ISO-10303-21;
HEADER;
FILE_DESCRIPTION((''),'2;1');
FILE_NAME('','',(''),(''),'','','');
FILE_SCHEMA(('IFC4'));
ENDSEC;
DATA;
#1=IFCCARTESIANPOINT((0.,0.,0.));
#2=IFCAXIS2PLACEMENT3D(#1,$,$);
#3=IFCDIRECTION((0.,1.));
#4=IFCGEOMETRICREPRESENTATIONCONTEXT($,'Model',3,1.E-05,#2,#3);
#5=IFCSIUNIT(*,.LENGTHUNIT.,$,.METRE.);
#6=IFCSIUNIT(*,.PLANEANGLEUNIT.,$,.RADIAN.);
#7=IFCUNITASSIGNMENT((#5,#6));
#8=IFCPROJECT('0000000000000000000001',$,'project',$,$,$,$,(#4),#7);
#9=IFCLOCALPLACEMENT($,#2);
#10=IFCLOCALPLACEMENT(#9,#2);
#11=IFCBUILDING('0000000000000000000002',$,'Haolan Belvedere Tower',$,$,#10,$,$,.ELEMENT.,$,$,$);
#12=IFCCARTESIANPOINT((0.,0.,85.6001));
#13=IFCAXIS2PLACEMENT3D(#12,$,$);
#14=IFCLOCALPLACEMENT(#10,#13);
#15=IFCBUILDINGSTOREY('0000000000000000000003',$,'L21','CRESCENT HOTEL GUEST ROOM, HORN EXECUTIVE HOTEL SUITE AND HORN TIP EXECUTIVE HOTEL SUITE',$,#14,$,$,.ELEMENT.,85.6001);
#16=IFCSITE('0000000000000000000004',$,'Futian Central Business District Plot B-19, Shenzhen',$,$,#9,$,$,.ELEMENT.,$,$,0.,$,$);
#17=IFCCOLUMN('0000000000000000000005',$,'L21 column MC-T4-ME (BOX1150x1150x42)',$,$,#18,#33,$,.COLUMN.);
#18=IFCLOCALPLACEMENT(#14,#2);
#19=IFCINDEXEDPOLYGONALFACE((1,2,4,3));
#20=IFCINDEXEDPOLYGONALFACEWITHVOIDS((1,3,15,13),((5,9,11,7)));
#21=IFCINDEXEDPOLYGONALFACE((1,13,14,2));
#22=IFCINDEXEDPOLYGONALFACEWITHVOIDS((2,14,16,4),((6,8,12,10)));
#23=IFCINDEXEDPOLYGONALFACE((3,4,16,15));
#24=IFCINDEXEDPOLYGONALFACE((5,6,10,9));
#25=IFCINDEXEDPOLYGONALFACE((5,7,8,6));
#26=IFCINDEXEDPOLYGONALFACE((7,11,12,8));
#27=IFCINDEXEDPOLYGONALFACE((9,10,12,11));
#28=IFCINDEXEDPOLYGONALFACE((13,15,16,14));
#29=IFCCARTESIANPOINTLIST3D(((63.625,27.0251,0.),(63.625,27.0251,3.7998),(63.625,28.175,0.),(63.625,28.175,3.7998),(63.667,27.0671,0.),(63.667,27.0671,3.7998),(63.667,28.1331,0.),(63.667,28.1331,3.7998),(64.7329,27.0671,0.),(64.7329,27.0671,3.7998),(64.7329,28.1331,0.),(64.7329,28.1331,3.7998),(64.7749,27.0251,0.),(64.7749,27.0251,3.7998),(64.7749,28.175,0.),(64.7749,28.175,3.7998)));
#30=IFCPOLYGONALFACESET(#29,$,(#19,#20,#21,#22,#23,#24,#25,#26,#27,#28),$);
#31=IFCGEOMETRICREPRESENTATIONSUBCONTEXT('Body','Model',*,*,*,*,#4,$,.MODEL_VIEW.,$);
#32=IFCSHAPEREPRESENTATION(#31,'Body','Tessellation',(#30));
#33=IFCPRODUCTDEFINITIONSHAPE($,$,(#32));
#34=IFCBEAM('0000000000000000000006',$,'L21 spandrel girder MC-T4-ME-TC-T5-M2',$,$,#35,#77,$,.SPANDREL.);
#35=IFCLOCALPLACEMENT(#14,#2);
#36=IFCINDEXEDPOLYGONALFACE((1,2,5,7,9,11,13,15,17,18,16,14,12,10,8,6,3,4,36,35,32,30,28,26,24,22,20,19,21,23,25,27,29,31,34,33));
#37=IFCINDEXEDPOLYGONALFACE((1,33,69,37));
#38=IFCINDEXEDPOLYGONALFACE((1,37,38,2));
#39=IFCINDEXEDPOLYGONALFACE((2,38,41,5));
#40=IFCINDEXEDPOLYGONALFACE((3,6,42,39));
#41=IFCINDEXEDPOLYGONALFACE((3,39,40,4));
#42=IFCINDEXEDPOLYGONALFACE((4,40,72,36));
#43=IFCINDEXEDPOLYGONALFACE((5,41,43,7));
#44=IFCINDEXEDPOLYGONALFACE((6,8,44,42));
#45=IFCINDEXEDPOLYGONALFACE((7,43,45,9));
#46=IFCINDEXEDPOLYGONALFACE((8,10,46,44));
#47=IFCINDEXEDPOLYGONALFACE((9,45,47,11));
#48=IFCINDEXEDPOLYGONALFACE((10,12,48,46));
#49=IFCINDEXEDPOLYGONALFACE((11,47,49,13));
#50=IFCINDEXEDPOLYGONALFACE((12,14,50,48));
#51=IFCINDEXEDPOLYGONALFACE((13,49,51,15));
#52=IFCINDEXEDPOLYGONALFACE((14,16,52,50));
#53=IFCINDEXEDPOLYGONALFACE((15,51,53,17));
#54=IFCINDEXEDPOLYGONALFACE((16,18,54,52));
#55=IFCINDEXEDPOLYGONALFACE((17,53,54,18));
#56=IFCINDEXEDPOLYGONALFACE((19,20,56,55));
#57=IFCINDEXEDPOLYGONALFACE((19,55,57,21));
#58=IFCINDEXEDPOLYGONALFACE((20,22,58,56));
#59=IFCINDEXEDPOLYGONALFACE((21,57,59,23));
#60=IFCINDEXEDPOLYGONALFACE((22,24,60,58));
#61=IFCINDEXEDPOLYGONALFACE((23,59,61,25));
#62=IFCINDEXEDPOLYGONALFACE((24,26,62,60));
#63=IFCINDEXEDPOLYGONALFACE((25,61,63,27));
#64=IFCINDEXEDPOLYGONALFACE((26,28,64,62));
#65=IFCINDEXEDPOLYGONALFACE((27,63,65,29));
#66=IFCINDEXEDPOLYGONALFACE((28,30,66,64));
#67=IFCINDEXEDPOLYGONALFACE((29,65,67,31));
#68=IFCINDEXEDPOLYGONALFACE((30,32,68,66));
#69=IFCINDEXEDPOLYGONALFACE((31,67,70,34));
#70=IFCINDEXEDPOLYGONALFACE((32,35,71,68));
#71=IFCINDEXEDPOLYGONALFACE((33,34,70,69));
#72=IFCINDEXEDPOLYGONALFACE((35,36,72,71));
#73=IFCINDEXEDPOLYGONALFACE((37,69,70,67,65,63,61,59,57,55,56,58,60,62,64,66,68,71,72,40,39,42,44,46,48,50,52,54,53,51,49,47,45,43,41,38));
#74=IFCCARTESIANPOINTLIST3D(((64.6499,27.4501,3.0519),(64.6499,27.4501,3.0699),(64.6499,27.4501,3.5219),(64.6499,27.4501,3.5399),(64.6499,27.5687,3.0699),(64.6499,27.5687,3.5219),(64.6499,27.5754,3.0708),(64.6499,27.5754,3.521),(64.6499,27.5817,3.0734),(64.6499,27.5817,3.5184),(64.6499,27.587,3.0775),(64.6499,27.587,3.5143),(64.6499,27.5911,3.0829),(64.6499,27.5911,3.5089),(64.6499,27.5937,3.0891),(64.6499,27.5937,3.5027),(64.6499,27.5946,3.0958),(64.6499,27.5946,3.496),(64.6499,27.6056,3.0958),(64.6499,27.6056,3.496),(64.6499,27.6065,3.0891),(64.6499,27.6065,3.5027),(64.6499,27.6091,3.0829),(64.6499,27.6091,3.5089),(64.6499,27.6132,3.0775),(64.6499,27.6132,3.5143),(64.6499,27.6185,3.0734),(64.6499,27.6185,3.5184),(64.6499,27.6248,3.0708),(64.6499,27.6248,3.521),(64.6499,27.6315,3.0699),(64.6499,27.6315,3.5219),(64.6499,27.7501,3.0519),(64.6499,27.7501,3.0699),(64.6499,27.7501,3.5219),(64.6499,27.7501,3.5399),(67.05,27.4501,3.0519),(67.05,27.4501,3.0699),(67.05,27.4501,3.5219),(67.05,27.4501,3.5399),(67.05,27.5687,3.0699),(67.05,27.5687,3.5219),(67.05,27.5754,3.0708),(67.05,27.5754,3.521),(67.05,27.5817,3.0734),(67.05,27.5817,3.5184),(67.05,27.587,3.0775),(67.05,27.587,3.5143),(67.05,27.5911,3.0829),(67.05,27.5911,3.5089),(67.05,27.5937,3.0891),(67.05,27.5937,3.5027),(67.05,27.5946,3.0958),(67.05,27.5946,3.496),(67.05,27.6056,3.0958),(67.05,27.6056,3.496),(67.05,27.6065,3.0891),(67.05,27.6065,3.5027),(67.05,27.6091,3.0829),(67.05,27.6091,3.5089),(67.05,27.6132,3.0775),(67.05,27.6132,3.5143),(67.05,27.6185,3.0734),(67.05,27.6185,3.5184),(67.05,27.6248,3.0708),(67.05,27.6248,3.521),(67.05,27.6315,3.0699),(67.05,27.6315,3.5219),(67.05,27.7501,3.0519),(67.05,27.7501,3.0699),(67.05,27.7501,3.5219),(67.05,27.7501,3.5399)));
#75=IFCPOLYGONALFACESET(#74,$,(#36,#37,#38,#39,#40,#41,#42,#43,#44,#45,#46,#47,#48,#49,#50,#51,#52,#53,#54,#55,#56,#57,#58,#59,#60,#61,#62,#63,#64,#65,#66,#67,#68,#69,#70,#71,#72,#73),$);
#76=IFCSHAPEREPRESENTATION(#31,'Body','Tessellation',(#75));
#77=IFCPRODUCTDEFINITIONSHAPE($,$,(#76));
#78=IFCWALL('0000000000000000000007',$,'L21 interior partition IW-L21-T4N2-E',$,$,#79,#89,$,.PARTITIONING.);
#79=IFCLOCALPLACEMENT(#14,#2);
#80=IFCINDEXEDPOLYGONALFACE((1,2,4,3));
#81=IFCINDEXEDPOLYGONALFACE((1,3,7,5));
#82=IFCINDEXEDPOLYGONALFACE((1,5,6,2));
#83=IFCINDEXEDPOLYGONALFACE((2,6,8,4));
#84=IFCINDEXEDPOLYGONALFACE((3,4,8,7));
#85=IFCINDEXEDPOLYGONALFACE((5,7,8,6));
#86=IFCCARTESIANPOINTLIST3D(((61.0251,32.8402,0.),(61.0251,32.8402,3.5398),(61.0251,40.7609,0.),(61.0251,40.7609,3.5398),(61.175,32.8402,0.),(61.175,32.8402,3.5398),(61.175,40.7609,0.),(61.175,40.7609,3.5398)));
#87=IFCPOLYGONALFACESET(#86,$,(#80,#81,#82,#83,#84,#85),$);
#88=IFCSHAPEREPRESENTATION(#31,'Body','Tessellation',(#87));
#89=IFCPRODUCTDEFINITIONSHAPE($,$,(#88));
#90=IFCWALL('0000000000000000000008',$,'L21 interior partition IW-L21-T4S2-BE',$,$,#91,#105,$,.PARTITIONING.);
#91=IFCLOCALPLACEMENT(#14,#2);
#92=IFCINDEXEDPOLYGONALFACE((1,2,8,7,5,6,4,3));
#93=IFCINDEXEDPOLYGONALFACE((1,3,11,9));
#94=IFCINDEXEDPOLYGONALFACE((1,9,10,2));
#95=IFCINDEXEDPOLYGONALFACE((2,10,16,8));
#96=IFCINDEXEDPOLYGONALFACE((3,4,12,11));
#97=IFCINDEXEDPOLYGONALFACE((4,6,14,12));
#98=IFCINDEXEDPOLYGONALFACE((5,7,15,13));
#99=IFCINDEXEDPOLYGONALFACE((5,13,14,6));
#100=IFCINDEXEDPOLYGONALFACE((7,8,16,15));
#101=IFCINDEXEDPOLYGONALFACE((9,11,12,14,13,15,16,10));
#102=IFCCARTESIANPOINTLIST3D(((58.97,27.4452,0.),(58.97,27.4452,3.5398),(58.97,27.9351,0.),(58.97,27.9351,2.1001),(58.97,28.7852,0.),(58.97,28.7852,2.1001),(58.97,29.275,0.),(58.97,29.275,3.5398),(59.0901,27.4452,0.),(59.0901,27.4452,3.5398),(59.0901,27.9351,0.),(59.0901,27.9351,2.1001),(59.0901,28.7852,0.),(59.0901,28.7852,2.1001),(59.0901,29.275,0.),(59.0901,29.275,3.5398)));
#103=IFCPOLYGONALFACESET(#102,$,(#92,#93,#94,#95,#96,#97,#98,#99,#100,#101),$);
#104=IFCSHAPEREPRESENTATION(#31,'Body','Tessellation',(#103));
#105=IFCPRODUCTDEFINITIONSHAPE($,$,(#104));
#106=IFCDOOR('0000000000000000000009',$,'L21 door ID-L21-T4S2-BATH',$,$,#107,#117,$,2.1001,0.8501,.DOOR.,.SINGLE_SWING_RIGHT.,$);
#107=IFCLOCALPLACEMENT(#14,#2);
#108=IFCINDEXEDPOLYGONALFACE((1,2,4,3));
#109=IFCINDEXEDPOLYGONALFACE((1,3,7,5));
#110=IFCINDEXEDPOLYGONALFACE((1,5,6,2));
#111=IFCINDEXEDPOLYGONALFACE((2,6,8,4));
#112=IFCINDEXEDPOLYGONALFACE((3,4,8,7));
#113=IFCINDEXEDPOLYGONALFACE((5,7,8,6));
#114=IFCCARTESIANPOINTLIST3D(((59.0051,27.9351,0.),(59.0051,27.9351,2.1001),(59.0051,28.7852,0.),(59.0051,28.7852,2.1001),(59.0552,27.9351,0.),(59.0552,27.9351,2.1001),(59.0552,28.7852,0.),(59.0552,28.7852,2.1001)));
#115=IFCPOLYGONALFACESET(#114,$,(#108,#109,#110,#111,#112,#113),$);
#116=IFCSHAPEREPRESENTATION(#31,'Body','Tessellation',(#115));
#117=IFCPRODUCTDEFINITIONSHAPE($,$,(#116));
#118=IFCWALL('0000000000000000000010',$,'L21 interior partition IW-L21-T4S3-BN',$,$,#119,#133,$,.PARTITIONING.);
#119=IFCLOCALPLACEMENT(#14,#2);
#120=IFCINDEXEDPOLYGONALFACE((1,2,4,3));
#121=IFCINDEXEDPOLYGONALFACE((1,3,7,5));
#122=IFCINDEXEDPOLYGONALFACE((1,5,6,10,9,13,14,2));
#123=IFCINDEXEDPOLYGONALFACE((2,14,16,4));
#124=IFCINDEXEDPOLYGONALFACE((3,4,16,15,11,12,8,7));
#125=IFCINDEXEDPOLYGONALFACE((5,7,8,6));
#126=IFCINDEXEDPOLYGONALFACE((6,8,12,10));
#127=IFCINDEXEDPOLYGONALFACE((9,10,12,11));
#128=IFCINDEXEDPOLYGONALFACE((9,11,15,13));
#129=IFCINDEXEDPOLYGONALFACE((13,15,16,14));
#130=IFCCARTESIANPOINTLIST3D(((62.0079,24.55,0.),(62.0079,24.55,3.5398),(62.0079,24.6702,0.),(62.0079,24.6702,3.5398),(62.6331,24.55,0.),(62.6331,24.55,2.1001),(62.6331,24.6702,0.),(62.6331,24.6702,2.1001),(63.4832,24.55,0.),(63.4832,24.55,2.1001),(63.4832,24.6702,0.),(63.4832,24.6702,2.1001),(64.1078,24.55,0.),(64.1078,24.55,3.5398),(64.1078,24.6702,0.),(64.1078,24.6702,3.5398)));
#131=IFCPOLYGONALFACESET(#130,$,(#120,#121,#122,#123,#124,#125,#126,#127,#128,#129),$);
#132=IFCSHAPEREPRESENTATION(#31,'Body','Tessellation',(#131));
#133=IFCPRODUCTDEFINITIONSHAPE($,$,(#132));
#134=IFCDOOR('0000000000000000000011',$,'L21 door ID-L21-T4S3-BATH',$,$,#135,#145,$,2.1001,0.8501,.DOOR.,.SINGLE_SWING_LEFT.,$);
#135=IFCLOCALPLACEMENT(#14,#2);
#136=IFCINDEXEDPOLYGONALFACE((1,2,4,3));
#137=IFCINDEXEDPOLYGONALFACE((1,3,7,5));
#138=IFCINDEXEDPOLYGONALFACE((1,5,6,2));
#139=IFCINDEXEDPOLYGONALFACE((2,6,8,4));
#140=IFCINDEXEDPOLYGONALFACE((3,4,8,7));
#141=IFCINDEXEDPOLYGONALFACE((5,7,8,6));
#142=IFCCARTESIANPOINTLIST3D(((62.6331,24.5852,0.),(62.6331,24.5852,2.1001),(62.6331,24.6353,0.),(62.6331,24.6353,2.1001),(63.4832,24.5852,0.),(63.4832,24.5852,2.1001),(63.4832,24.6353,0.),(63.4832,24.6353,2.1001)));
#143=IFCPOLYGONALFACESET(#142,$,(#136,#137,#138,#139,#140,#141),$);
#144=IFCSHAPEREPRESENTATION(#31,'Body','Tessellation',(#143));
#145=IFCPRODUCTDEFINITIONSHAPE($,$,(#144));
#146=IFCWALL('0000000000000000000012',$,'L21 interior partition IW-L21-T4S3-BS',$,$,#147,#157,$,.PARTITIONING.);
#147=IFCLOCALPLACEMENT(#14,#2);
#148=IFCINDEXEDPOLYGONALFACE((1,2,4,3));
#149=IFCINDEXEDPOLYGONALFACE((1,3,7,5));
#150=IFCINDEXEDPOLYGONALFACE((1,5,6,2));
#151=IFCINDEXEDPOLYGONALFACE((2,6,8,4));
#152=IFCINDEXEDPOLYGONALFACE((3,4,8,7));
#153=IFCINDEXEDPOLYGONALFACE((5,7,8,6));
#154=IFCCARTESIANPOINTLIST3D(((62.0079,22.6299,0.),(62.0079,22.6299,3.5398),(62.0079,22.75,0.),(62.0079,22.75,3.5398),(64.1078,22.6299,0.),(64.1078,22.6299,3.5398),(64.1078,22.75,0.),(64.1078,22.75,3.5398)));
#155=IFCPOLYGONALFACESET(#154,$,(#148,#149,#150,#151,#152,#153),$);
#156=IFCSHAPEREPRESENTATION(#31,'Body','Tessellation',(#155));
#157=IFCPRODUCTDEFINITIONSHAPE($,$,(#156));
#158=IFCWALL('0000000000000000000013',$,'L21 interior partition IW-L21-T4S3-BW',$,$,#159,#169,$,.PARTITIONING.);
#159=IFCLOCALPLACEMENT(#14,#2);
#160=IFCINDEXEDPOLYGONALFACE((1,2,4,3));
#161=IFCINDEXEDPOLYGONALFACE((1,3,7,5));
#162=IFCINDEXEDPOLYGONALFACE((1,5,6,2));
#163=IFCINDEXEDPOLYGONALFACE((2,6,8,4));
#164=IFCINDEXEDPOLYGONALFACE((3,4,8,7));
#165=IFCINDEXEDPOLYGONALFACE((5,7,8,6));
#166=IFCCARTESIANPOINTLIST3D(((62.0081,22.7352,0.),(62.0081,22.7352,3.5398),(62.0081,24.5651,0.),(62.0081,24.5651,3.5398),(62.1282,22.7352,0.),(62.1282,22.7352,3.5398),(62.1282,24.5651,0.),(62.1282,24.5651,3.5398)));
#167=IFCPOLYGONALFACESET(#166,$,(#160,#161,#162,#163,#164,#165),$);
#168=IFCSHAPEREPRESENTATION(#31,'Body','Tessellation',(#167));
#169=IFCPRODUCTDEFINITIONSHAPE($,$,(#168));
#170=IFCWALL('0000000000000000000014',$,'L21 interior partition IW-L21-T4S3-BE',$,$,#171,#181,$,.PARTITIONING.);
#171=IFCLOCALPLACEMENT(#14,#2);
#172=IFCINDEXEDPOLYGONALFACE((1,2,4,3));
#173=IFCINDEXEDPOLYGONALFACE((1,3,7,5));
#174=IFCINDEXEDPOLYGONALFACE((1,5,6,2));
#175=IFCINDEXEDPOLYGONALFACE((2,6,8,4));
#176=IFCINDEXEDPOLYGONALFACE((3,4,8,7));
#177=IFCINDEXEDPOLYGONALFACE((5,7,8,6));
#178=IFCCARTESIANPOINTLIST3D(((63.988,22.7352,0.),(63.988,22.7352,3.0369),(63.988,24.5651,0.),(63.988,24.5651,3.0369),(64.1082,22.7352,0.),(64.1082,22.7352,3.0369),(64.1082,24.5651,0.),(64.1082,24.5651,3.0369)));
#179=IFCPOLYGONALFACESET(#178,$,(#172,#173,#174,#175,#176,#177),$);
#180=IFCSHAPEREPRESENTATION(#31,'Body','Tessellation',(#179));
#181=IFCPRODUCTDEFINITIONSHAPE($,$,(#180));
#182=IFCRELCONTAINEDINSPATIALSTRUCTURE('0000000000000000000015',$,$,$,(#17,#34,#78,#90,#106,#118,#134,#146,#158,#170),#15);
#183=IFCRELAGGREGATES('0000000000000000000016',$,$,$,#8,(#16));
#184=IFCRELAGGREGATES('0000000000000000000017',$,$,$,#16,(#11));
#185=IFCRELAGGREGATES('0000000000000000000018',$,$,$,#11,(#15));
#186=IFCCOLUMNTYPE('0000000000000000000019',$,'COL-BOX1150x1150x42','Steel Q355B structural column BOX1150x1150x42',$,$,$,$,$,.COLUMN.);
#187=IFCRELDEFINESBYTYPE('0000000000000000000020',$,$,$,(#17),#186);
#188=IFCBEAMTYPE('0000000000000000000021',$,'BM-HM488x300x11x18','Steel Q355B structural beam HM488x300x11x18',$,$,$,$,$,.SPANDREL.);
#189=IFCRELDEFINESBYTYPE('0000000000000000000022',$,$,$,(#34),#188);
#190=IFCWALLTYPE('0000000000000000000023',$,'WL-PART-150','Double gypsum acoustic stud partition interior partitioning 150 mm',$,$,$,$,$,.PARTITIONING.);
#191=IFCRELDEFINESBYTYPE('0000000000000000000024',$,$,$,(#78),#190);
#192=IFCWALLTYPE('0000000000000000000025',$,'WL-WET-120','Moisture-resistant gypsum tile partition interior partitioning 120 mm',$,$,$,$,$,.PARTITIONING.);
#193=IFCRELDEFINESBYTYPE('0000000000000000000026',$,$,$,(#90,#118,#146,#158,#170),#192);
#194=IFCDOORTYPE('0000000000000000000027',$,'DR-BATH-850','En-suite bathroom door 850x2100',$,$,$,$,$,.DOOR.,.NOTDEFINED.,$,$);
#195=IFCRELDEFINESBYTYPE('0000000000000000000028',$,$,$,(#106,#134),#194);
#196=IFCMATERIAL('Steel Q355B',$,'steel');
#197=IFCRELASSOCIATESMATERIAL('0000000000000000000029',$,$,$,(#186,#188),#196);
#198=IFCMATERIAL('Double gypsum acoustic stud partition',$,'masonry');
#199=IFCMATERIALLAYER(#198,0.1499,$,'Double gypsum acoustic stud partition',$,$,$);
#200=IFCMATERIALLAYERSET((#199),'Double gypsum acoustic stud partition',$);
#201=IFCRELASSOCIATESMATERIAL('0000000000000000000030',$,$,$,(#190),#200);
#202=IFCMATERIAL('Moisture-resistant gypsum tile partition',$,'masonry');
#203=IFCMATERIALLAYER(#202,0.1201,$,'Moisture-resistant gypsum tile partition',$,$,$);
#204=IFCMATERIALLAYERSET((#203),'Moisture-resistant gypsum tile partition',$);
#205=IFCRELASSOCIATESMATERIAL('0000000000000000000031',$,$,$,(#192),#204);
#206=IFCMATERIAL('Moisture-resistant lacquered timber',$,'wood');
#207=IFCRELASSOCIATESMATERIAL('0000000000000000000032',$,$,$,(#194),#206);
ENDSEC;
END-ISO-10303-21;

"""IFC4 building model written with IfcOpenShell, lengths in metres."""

from ifc_helpers import new_model, si_unit, direction, frame, frame_2d, origin, origin_2d, place, context, subcontext, project, spatial, rectangle, hollow_rectangle, i_section, extrude, material, layer, layer_set, material_profile, profile_set, type_object, element, fill, save


model = new_model("IFC4")

# Units and contexts
model_context = context("Model", 3, precision=1e-05, world=origin(), true_north=direction((0.0, 1.0)))
body_context = subcontext(model_context, "Body", "Model", "MODEL_VIEW")
ifc_project = project(units=[si_unit("LENGTHUNIT", "METRE"), si_unit("PLANEANGLEUNIT", "RADIAN")], contexts=[model_context])

# Site, building, storey
site_placement = place(None, origin())
site = spatial("IfcSite", under=ifc_project, at=site_placement, Name="Futian Central Business District Plot B-19, Shenzhen", CompositionType="ELEMENT", RefElevation=0.0)
building_placement = place(site_placement, origin())
building = spatial("IfcBuilding", under=site, at=building_placement, Name="Haolan Belvedere Tower", CompositionType="ELEMENT")
storey_placement = place(building_placement, frame((0.0, 0.0, 85.6001)))
storey = spatial("IfcBuildingStorey", under=building, at=storey_placement, Name="L21", Description="CRESCENT HOTEL GUEST ROOM, HORN EXECUTIVE HOTEL SUITE AND HORN TIP EXECUTIVE HOTEL SUITE", CompositionType="ELEMENT", Elevation=85.6001)

# Column
ifc_material_1 = material(Name="Steel Q355B", Category="steel")
ifc_material_profile_1 = material_profile(ifc_material_1, hollow_rectangle(XDim=1.1499, YDim=1.1499, WallThickness=0.042, at=origin_2d()), Name="Steel Q355B")
ifc_profile_set_1 = profile_set([ifc_material_profile_1], Name="Steel Q355B")
column_type = type_object("IfcColumnType", Name="COL-BOX1150x1150x42", Description="Steel Q355B structural column BOX1150x1150x42", PredefinedType="COLUMN", material=ifc_profile_set_1)
column_placement = place(storey_placement, frame((64.2, 27.6001, 0.0), z_axis=(0.0, 0.0, 1.0), x_axis=(1.0, 0.0, 0.0)))
element("IfcColumn", 1, at=column_placement, inside=storey, type_object=column_type, Name="L21 column MC-T4-ME (BOX1150x1150x42)", PredefinedType="COLUMN", context=body_context, shape_type="SweptSolid", body=[
    extrude(hollow_rectangle(XDim=1.1499, YDim=1.1499, WallThickness=0.042, at=origin_2d()), origin(), (0.0, 0.0, 1.0), 3.7998),
])

# Beam
ifc_material_profile_2 = material_profile(ifc_material_1, i_section(OverallWidth=0.3, OverallDepth=0.488, WebThickness=0.011, FlangeThickness=0.0181, FilletRadius=0.0259, at=origin_2d()), Name="Steel Q355B")
ifc_profile_set_2 = profile_set([ifc_material_profile_2], Name="Steel Q355B")
beam_type = type_object("IfcBeamType", Name="BM-HM488x300x11x18", Description="Steel Q355B structural beam HM488x300x11x18", PredefinedType="SPANDREL", material=ifc_profile_set_2)
beam_placement = place(storey_placement, frame((64.6499, 27.6001, 3.2959), z_axis=(1.0, 0.0, 0.0), x_axis=(0.0, 1.0, 0.0)))
element("IfcBeam", 2, at=beam_placement, inside=storey, type_object=beam_type, Name="L21 spandrel girder MC-T4-ME-TC-T5-M2", PredefinedType="SPANDREL", context=body_context, shape_type="SweptSolid", body=[
    extrude(i_section(OverallWidth=0.3, OverallDepth=0.488, WebThickness=0.011, FlangeThickness=0.0181, FilletRadius=0.0259, at=origin_2d()), origin(), (0.0, 0.0, 1.0), 2.4001),
])

# Wall
ifc_material_2 = material(Name="Double gypsum acoustic stud partition", Category="masonry")
ifc_layer_1 = layer(ifc_material_2, 0.1499, Name="Double gypsum acoustic stud partition")
ifc_layer_set_1 = layer_set([ifc_layer_1], Name="Double gypsum acoustic stud partition")
wall_type_1 = type_object("IfcWallType", Name="WL-PART-150", Description="Double gypsum acoustic stud partition interior partitioning 150 mm", PredefinedType="PARTITIONING", material=ifc_layer_set_1)
wall_1_placement = place(storey_placement, frame((61.1001, 32.8401, 0.0), z_axis=(0.0, 0.0, 1.0), x_axis=(0.0, 1.0, 0.0)))
element("IfcWall", 3, at=wall_1_placement, inside=storey, type_object=wall_type_1, Name="L21 interior partition IW-L21-T4N2-E", PredefinedType="PARTITIONING", context=body_context, shape_type="SweptSolid", body=[
    extrude(rectangle(XDim=7.9207, YDim=0.1499, at=frame_2d((3.9604, 0.0))), origin(), (0.0, 0.0, 1.0), 3.5398),
])

# Walls, openings, doors
ifc_material_3 = material(Name="Moisture-resistant gypsum tile partition", Category="masonry")
ifc_layer_2 = layer(ifc_material_3, 0.1201, Name="Moisture-resistant gypsum tile partition")
ifc_layer_set_2 = layer_set([ifc_layer_2], Name="Moisture-resistant gypsum tile partition")
wall_type_2 = type_object("IfcWallType", Name="WL-WET-120", Description="Moisture-resistant gypsum tile partition interior partitioning 120 mm", PredefinedType="PARTITIONING", material=ifc_layer_set_2)
wall_2_placement = place(storey_placement, frame((59.03, 27.4451, 0.0), z_axis=(0.0, 0.0, 1.0), x_axis=(0.0, 1.0, 0.0)))
wall_2 = element("IfcWall", 4, at=wall_2_placement, inside=storey, type_object=wall_type_2, Name="L21 interior partition IW-L21-T4S2-BE", PredefinedType="PARTITIONING", context=body_context, shape_type="SweptSolid", body=[
    extrude(rectangle(XDim=1.8298, YDim=0.1201, at=frame_2d((0.915, 0.0))), origin(), (0.0, 0.0, 1.0), 3.5398),
])
opening_1_placement = place(wall_2_placement, frame((0.49, 0.0, 0.0)))
opening_1 = element("IfcOpeningElement", 5, at=opening_1_placement, cuts=wall_2, PredefinedType="OPENING", context=body_context, shape_type="SweptSolid", body=[
    extrude(rectangle(XDim=0.8501, YDim=2.1001, at=frame_2d((0.425, 1.05))), frame((0.0, 0.0701, 0.0), z_axis=(0.0, -1.0, 0.0), x_axis=(1.0, 0.0, 0.0)), (0.0, 0.0, 1.0), 0.1401),
])
ifc_material_4 = material(Name="Moisture-resistant lacquered timber", Category="wood")
door_type_1 = type_object("IfcDoorType", Name="DR-BATH-850", Description="En-suite bathroom door 850x2100", OperationType="NOTDEFINED", PredefinedType="DOOR", material=ifc_material_4)
door_1_placement = place(opening_1_placement, origin())
door_1 = element("IfcDoor", 6, at=door_1_placement, inside=storey, type_object=door_type_1, Name="L21 door ID-L21-T4S2-BATH", OperationType="SINGLE_SWING_RIGHT", OverallHeight=2.1001, OverallWidth=0.8501, PredefinedType="DOOR", context=body_context, shape_type="SweptSolid", body=[
    extrude(rectangle(XDim=0.8501, YDim=2.1001, at=frame_2d((0.425, 1.05))), frame((0.0, 0.0249, 0.0), z_axis=(0.0, -1.0, 0.0), x_axis=(1.0, 0.0, 0.0)), (0.0, 0.0, 1.0), 0.05),
])
fill(opening_1, door_1)
wall_3_placement = place(storey_placement, frame((62.0081, 24.6101, 0.0), z_axis=(0.0, 0.0, 1.0), x_axis=(1.0, 0.0, 0.0)))
wall_3 = element("IfcWall", 7, at=wall_3_placement, inside=storey, type_object=wall_type_2, Name="L21 interior partition IW-L21-T4S3-BN", PredefinedType="PARTITIONING", context=body_context, shape_type="SweptSolid", body=[
    extrude(rectangle(XDim=2.0999, YDim=0.1201, at=frame_2d((1.0498, 0.0))), origin(), (0.0, 0.0, 1.0), 3.5398),
])
opening_2_placement = place(wall_3_placement, frame((1.4751, 0.0, 0.0), z_axis=(0.0, 0.0, 1.0), x_axis=(-1.0, 0.0, 0.0)))
opening_2 = element("IfcOpeningElement", 8, at=opening_2_placement, cuts=wall_3, PredefinedType="OPENING", context=body_context, shape_type="SweptSolid", body=[
    extrude(rectangle(XDim=0.8501, YDim=2.1001, at=frame_2d((0.425, 1.05))), frame((0.0, 0.0701, 0.0), z_axis=(0.0, -1.0, 0.0), x_axis=(1.0, 0.0, 0.0)), (0.0, 0.0, 1.0), 0.1401),
])
door_2_placement = place(opening_2_placement, origin())
door_2 = element("IfcDoor", 9, at=door_2_placement, inside=storey, type_object=door_type_1, Name="L21 door ID-L21-T4S3-BATH", OperationType="SINGLE_SWING_LEFT", OverallHeight=2.1001, OverallWidth=0.8501, PredefinedType="DOOR", context=body_context, shape_type="SweptSolid", body=[
    extrude(rectangle(XDim=0.8501, YDim=2.1001, at=frame_2d((0.425, 1.05))), frame((0.0, 0.0249, 0.0), z_axis=(0.0, -1.0, 0.0), x_axis=(1.0, 0.0, 0.0)), (0.0, 0.0, 1.0), 0.05),
])
fill(opening_2, door_2)

# Walls
wall_4_placement = place(storey_placement, frame((62.0081, 22.6899, 0.0), z_axis=(0.0, 0.0, 1.0), x_axis=(1.0, 0.0, 0.0)))
element("IfcWall", 10, at=wall_4_placement, inside=storey, type_object=wall_type_2, Name="L21 interior partition IW-L21-T4S3-BS", PredefinedType="PARTITIONING", context=body_context, shape_type="SweptSolid", body=[
    extrude(rectangle(XDim=2.0999, YDim=0.1201, at=frame_2d((1.0498, 0.0))), origin(), (0.0, 0.0, 1.0), 3.5398),
])
wall_5_placement = place(storey_placement, frame((62.0681, 22.7351, 0.0), z_axis=(0.0, 0.0, 1.0), x_axis=(0.0, 1.0, 0.0)))
element("IfcWall", 11, at=wall_5_placement, inside=storey, type_object=wall_type_2, Name="L21 interior partition IW-L21-T4S3-BW", PredefinedType="PARTITIONING", context=body_context, shape_type="SweptSolid", body=[
    extrude(rectangle(XDim=1.8298, YDim=0.1201, at=frame_2d((0.915, 0.0))), origin(), (0.0, 0.0, 1.0), 3.5398),
])
wall_6_placement = place(storey_placement, frame((64.0481, 22.7351, 0.0), z_axis=(0.0, 0.0, 1.0), x_axis=(0.0, 1.0, 0.0)))
element("IfcWall", 12, at=wall_6_placement, inside=storey, type_object=wall_type_2, Name="L21 interior partition IW-L21-T4S3-BE", PredefinedType="PARTITIONING", context=body_context, shape_type="SweptSolid", body=[
    extrude(rectangle(XDim=1.8298, YDim=0.1201, at=frame_2d((0.915, 0.0))), origin(), (0.0, 0.0, 1.0), 3.0369),
])

save(model, "model.ifc")
